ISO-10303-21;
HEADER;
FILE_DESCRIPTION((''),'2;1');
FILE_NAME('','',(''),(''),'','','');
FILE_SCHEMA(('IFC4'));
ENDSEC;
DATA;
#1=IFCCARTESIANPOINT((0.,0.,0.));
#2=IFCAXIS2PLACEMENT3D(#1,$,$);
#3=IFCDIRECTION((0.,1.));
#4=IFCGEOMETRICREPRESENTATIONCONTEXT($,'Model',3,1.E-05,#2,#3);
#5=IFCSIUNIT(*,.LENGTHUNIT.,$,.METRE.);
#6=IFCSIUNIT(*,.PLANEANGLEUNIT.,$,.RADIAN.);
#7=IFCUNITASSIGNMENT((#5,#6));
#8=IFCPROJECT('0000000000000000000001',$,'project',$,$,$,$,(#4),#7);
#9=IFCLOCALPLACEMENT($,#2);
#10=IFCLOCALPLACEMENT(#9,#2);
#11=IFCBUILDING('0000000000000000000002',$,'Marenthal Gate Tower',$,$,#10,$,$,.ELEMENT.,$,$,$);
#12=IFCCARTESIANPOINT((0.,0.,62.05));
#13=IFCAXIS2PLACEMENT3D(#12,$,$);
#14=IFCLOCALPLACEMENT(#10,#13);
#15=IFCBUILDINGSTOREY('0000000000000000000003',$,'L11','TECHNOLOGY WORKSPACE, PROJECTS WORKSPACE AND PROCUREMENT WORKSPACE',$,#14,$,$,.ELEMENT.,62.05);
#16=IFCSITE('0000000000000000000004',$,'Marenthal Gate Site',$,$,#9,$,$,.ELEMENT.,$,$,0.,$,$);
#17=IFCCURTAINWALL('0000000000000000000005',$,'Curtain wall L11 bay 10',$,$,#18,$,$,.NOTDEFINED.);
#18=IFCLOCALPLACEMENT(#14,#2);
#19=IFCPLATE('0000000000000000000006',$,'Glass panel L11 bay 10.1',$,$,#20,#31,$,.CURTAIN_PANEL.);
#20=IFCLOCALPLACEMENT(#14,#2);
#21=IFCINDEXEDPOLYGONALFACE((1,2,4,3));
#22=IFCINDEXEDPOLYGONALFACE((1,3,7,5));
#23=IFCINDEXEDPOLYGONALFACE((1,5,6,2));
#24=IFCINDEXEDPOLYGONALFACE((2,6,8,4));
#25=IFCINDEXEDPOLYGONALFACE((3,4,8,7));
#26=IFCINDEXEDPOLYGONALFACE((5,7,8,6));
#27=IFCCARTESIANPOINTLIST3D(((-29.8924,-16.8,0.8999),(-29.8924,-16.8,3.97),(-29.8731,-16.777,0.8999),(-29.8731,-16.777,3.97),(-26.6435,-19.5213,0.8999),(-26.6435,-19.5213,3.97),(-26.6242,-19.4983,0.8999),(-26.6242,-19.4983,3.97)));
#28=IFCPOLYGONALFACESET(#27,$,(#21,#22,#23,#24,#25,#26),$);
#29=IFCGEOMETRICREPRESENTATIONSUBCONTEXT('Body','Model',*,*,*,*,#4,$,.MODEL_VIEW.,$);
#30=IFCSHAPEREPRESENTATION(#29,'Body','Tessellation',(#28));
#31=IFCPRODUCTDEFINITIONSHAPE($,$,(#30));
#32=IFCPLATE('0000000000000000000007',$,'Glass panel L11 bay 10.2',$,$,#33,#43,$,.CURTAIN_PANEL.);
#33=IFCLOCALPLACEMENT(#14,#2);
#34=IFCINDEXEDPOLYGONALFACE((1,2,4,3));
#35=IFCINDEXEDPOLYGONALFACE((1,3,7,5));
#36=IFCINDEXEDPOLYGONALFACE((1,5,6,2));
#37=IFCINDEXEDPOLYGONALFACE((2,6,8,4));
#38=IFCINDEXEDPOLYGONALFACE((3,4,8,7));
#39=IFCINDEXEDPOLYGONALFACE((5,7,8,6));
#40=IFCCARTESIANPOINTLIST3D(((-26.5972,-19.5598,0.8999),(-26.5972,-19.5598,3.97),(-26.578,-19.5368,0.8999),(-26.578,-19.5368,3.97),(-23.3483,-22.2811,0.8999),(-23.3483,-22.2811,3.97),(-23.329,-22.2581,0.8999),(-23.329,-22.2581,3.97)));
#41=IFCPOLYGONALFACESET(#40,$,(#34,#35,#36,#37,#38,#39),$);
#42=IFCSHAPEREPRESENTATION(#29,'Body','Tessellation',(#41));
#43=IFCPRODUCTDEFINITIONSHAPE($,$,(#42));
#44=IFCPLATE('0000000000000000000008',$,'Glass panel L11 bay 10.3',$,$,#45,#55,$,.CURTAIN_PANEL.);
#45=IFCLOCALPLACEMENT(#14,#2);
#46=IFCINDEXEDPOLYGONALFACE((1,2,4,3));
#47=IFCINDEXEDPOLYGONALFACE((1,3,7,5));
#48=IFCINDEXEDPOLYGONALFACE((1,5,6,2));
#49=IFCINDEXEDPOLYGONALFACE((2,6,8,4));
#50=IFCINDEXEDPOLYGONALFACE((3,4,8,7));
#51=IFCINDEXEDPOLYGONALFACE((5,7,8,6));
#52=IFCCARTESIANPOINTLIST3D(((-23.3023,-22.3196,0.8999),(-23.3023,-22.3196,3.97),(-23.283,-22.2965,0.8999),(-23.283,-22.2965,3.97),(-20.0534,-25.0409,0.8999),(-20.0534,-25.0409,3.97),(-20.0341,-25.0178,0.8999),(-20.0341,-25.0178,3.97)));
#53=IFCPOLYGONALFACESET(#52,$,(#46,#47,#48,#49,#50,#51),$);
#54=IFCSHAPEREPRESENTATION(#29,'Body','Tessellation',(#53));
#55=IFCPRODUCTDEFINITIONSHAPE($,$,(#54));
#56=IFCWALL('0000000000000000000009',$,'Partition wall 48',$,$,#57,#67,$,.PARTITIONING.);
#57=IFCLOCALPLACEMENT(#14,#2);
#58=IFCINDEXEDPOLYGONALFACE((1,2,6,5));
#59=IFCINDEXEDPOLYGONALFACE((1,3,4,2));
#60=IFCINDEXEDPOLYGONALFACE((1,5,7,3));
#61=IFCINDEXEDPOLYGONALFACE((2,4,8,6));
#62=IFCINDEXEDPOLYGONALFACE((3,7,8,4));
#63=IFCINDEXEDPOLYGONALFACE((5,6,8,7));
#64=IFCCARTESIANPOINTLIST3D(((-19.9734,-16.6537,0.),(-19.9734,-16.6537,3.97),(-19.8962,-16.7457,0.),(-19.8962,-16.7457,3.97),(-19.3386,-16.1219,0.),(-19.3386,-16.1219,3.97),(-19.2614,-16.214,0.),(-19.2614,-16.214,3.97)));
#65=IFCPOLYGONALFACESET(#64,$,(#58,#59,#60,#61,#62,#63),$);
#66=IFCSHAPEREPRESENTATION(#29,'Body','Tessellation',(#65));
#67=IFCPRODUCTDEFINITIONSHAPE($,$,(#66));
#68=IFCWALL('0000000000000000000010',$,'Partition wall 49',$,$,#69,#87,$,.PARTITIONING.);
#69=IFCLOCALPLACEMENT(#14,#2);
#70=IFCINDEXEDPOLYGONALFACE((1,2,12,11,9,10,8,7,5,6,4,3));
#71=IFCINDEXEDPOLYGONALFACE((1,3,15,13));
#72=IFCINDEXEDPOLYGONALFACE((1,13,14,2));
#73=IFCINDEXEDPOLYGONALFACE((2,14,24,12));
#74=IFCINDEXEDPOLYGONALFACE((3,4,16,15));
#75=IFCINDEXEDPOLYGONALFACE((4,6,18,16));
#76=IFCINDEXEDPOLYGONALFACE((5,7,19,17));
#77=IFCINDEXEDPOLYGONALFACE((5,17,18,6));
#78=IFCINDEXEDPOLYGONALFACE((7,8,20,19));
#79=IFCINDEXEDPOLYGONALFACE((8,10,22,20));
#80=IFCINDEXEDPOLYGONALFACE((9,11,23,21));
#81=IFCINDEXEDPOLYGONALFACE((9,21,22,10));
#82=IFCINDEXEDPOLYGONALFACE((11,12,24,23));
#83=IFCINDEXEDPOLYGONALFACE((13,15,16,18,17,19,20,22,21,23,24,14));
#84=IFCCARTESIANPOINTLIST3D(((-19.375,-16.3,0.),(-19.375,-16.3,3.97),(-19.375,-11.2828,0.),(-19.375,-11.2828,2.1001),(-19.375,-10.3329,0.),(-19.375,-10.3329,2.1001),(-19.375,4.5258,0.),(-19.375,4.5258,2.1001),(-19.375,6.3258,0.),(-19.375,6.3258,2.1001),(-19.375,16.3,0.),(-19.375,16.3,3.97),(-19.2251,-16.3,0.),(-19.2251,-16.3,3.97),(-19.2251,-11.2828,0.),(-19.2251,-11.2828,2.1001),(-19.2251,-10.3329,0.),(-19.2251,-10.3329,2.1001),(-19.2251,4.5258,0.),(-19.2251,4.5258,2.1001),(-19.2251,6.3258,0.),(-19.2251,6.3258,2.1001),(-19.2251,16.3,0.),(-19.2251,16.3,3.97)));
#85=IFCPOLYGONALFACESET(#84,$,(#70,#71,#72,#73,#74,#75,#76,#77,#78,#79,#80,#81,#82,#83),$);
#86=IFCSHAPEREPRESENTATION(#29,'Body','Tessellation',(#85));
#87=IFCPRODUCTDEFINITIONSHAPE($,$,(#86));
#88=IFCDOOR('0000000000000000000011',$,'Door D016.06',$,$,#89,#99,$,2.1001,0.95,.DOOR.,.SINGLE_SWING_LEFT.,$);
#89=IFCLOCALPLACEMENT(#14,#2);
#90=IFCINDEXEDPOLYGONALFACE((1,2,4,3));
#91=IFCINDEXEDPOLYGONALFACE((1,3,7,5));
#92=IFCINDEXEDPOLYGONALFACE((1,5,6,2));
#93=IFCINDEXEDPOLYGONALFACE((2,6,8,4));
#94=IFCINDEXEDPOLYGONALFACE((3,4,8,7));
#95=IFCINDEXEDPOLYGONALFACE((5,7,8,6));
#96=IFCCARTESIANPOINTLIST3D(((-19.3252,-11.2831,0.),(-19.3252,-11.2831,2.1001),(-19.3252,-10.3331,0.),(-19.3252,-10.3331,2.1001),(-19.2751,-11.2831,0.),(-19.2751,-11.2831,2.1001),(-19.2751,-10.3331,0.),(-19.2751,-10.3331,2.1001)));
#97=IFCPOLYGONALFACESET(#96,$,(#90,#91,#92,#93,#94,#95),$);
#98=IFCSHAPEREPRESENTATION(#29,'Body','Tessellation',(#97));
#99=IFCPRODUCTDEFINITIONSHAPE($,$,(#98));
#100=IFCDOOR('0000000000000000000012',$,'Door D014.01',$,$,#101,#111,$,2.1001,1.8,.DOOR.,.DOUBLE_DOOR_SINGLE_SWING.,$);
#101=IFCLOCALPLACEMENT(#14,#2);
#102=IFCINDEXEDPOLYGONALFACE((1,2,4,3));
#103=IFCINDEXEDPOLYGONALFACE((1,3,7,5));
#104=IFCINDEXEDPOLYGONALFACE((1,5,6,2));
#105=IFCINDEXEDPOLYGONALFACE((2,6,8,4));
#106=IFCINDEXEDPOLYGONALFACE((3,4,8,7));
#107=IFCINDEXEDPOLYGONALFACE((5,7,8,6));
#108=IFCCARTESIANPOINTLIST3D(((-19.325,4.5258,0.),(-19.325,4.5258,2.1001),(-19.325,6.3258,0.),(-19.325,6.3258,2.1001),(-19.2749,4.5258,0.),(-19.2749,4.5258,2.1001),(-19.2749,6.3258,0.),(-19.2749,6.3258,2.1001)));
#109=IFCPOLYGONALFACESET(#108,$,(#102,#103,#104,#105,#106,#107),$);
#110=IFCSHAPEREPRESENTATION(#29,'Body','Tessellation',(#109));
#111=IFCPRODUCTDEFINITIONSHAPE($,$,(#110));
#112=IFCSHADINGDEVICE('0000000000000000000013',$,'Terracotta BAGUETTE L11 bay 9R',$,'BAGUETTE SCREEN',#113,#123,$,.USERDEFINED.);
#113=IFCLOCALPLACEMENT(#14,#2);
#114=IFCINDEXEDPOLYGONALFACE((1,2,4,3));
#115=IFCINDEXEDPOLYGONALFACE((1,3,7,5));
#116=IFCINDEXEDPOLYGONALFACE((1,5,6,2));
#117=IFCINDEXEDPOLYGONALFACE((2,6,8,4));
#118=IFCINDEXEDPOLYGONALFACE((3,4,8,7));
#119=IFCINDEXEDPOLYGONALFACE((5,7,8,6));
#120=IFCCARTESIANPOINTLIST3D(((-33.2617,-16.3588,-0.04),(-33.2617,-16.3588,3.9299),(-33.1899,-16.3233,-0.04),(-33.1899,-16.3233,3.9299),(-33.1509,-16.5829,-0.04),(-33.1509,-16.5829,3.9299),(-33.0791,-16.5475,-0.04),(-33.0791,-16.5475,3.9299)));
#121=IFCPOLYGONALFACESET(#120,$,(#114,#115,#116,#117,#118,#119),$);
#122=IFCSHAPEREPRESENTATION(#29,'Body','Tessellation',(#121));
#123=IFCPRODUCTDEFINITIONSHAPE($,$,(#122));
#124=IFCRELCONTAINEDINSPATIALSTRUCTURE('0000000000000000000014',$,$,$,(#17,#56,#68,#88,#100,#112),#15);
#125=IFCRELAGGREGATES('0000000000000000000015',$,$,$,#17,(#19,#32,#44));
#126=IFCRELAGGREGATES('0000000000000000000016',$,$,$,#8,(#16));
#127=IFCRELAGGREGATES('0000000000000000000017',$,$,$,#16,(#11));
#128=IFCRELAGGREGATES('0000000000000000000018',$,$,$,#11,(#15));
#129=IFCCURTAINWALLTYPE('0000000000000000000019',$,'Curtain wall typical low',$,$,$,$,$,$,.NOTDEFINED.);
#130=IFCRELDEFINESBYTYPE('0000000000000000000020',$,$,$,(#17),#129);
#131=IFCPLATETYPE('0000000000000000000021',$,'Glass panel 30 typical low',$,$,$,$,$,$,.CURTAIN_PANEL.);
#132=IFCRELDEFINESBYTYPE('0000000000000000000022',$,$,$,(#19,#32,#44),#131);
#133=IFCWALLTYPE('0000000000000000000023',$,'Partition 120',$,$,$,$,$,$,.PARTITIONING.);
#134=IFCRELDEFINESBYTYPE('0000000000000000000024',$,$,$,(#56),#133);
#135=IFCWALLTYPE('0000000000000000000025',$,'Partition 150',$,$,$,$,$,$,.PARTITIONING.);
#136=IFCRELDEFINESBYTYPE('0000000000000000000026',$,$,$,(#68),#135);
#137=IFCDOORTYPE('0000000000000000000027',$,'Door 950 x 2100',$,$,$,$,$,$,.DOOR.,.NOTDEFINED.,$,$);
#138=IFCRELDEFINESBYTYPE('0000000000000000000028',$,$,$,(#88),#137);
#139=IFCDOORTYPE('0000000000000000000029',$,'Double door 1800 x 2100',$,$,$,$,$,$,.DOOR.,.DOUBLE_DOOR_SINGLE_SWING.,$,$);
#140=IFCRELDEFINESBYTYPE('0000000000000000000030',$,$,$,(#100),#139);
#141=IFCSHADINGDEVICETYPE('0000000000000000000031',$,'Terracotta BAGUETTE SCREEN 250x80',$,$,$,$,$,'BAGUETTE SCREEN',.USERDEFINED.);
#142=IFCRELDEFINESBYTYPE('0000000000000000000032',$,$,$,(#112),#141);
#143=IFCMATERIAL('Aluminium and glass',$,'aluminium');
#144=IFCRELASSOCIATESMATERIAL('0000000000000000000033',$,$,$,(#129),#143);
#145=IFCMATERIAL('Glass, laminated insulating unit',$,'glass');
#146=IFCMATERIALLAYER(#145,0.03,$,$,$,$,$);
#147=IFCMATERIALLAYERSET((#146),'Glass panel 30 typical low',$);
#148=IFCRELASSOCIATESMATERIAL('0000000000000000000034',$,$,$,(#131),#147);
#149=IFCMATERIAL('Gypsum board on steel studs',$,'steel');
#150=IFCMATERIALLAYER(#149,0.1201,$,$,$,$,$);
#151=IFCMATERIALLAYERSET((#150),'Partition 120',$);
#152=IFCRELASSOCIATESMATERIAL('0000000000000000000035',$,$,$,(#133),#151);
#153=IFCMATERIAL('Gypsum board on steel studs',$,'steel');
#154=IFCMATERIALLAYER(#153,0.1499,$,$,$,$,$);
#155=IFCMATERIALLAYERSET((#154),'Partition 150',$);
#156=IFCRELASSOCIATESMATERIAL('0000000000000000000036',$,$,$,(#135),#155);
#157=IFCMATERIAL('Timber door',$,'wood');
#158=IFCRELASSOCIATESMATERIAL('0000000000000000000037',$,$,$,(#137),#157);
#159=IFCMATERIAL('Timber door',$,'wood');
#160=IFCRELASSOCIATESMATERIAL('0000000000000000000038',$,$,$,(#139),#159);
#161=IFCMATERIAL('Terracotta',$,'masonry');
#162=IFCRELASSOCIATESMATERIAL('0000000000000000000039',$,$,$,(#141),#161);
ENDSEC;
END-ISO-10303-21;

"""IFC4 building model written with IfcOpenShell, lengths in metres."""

from ifc_helpers import new_model, si_unit, direction, frame, frame_2d, origin, origin_2d, place, context, subcontext, project, spatial, rectangle, extrude, material, layer, layer_set, material_profile, profile_set, type_object, element, fill, aggregate, save


model = new_model("IFC4")

# Units and contexts
model_context = context("Model", 3, precision=1e-05, world=origin(), true_north=direction((0.0, 1.0)))
body_context = subcontext(model_context, "Body", "Model", "MODEL_VIEW")
ifc_project = project(units=[si_unit("LENGTHUNIT", "METRE"), si_unit("PLANEANGLEUNIT", "RADIAN")], contexts=[model_context])

# Site, building, storey
site_placement = place(None, origin())
site = spatial("IfcSite", under=ifc_project, at=site_placement, Name="Marenthal Gate Site", CompositionType="ELEMENT", RefElevation=0.0)
building_placement = place(site_placement, origin())
building = spatial("IfcBuilding", under=site, at=building_placement, Name="Marenthal Gate Tower", CompositionType="ELEMENT")
storey_placement = place(building_placement, frame((0.0, 0.0, 62.05)))
storey = spatial("IfcBuildingStorey", under=building, at=storey_placement, Name="L11", Description="TECHNOLOGY WORKSPACE, PROJECTS WORKSPACE AND PROCUREMENT WORKSPACE", CompositionType="ELEMENT", Elevation=62.05)

# Curtain wall
ifc_material_1 = material(Name="Aluminium and glass", Category="aluminium")
curtain_wall_type = type_object("IfcCurtainWallType", Name="Curtain wall typical low", PredefinedType="NOTDEFINED", material=ifc_material_1)
curtain_wall_placement = place(storey_placement, origin())
curtain_wall = element("IfcCurtainWall", 1, at=curtain_wall_placement, inside=storey, type_object=curtain_wall_type, Name="Curtain wall L11 bay 10", PredefinedType="NOTDEFINED")

# Plates
ifc_material_2 = material(Name="Glass, laminated insulating unit", Category="glass")
ifc_layer_1 = layer(ifc_material_2, 0.03)
ifc_layer_set_1 = layer_set([ifc_layer_1], Name="Glass panel 30 typical low")
plate_type = type_object("IfcPlateType", Name="Glass panel 30 typical low", PredefinedType="CURTAIN_PANEL", material=ifc_layer_set_1)
plate_1_placement = place(storey_placement, frame((-28.2583, -18.1492, 0.8999), z_axis=(0.0, 0.0, 1.0), x_axis=(0.766611, -0.642112, 0.0)))
plate_1 = element("IfcPlate", 2, at=plate_1_placement, type_object=plate_type, Name="Glass panel L11 bay 10.1", PredefinedType="CURTAIN_PANEL", context=body_context, shape_type="SweptSolid", body=[
    extrude(rectangle(XDim=4.238, YDim=0.03, at=origin_2d()), origin(), (0.0, 0.0, 1.0), 3.0701),
])
plate_2_placement = place(storey_placement, frame((-24.9631, -20.9089, 0.8999), z_axis=(0.0, 0.0, 1.0), x_axis=(0.766611, -0.642112, 0.0)))
plate_2 = element("IfcPlate", 3, at=plate_2_placement, type_object=plate_type, Name="Glass panel L11 bay 10.2", PredefinedType="CURTAIN_PANEL", context=body_context, shape_type="SweptSolid", body=[
    extrude(rectangle(XDim=4.238, YDim=0.03, at=origin_2d()), origin(), (0.0, 0.0, 1.0), 3.0701),
])
plate_3_placement = place(storey_placement, frame((-21.6682, -23.6687, 0.8999), z_axis=(0.0, 0.0, 1.0), x_axis=(0.766611, -0.642112, 0.0)))
plate_3 = element("IfcPlate", 4, at=plate_3_placement, type_object=plate_type, Name="Glass panel L11 bay 10.3", PredefinedType="CURTAIN_PANEL", context=body_context, shape_type="SweptSolid", body=[
    extrude(rectangle(XDim=4.238, YDim=0.03, at=origin_2d()), origin(), (0.0, 0.0, 1.0), 3.0701),
])
aggregate(curtain_wall, [plate_1, plate_2, plate_3])

# Wall
ifc_material_3 = material(Name="Gypsum board on steel studs", Category="steel")
ifc_layer_2 = layer(ifc_material_3, 0.1201)
ifc_layer_set_2 = layer_set([ifc_layer_2], Name="Partition 120")
wall_type_1 = type_object("IfcWallType", Name="Partition 120", PredefinedType="PARTITIONING", material=ifc_layer_set_2)
wall_1_placement = place(storey_placement, frame((-19.9348, -16.6997, 0.0), z_axis=(0.0, 0.0, 1.0), x_axis=(0.766575, 0.642154, 0.0)))
element("IfcWall", 5, at=wall_1_placement, inside=storey, type_object=wall_type_1, Name="Partition wall 48", PredefinedType="PARTITIONING", context=body_context, shape_type="SweptSolid", body=[
    extrude(rectangle(XDim=0.8281, YDim=0.1201, at=frame_2d((0.4141, 0.0))), origin(), (0.0, 0.0, 1.0), 3.97),
])

# Wall, openings, doors
ifc_material_4 = material(Name="Gypsum board on steel studs", Category="steel")
ifc_layer_3 = layer(ifc_material_4, 0.1499)
ifc_layer_set_3 = layer_set([ifc_layer_3], Name="Partition 150")
wall_type_2 = type_object("IfcWallType", Name="Partition 150", PredefinedType="PARTITIONING", material=ifc_layer_set_3)
wall_2_placement = place(storey_placement, frame((-19.3, -16.3, 0.0), z_axis=(0.0, 0.0, 1.0), x_axis=(0.0, 1.0, 0.0)))
wall_2 = element("IfcWall", 6, at=wall_2_placement, inside=storey, type_object=wall_type_2, Name="Partition wall 49", PredefinedType="PARTITIONING", context=body_context, shape_type="SweptSolid", body=[
    extrude(rectangle(XDim=32.6001, YDim=0.1499, at=frame_2d((16.3, 0.0))), origin(), (0.0, 0.0, 1.0), 3.97),
])
opening_1_placement = place(wall_2_placement, frame((20.8259, 0.0, 0.0)))
opening_1 = element("IfcOpeningElement", 7, at=opening_1_placement, cuts=wall_2, PredefinedType="OPENING", context=body_context, shape_type="SweptSolid", body=[
    extrude(rectangle(XDim=1.8, YDim=2.1001, at=frame_2d((0.8999, 1.05))), frame((0.0, 0.085, 0.0), z_axis=(0.0, -1.0, 0.0), x_axis=(1.0, 0.0, 0.0)), (0.0, 0.0, 1.0), 0.1699),
])
opening_2_placement = place(wall_2_placement, frame((5.0171, 0.0, 0.0)))
opening_2 = element("IfcOpeningElement", 8, at=opening_2_placement, cuts=wall_2, PredefinedType="OPENING", context=body_context, shape_type="SweptSolid", body=[
    extrude(rectangle(XDim=0.95, YDim=2.1001, at=frame_2d((0.4751, 1.05))), frame((0.0, 0.085, 0.0), z_axis=(0.0, -1.0, 0.0), x_axis=(1.0, 0.0, 0.0)), (0.0, 0.0, 1.0), 0.1699),
])
ifc_material_5 = material(Name="Timber door", Category="wood")
door_type_1 = type_object("IfcDoorType", Name="Door 950 x 2100", OperationType="NOTDEFINED", PredefinedType="DOOR", material=ifc_material_5)
door_1_placement = place(opening_2_placement, frame((0.95, 0.0, 0.0), z_axis=(0.0, 0.0, 1.0), x_axis=(-1.0, 0.0, 0.0)))
door_1 = element("IfcDoor", 9, at=door_1_placement, inside=storey, type_object=door_type_1, Name="Door D016.06", OperationType="SINGLE_SWING_LEFT", OverallHeight=2.1001, OverallWidth=0.95, PredefinedType="DOOR", context=body_context, shape_type="SweptSolid", body=[
    extrude(rectangle(XDim=0.95, YDim=2.1001, at=frame_2d((0.4751, 1.05))), frame((0.0, 0.0249, 0.0), z_axis=(0.0, -1.0, 0.0), x_axis=(1.0, 0.0, 0.0)), (0.0, 0.0, 1.0), 0.05),
])
fill(opening_2, door_1)
ifc_material_6 = material(Name="Timber door", Category="wood")
door_type_2 = type_object("IfcDoorType", Name="Double door 1800 x 2100", OperationType="DOUBLE_DOOR_SINGLE_SWING", PredefinedType="DOOR", material=ifc_material_6)
door_2_placement = place(opening_1_placement, origin())
door_2 = element("IfcDoor", 10, at=door_2_placement, inside=storey, type_object=door_type_2, Name="Door D014.01", OperationType="DOUBLE_DOOR_SINGLE_SWING", OverallHeight=2.1001, OverallWidth=1.8, PredefinedType="DOOR", context=body_context, shape_type="SweptSolid", body=[
    extrude(rectangle(XDim=1.8, YDim=2.1001, at=frame_2d((0.8999, 1.05))), frame((0.0, 0.0249, 0.0), z_axis=(0.0, -1.0, 0.0), x_axis=(1.0, 0.0, 0.0)), (0.0, 0.0, 1.0), 0.05),
])
fill(opening_1, door_2)

# Shading device
ifc_material_7 = material(Name="Terracotta", Category="masonry")
ifc_material_profile_1 = material_profile(ifc_material_7, rectangle(XDim=0.25, YDim=0.0801, at=origin_2d()), Name="Terracotta baguette 250x80")
ifc_profile_set_1 = profile_set([ifc_material_profile_1], Name="Terracotta")
shading_device_type = type_object("IfcShadingDeviceType", Name="Terracotta BAGUETTE SCREEN 250x80", ElementType="BAGUETTE SCREEN", PredefinedType="USERDEFINED", material=ifc_profile_set_1)
shading_device_placement = place(storey_placement, frame((-33.1704, -16.4531, -0.04), z_axis=(0.0, 0.0, 1.0), x_axis=(0.442993, -0.896525, 0.0)))
element("IfcShadingDevice", 11, at=shading_device_placement, inside=storey, type_object=shading_device_type, Name="Terracotta BAGUETTE L11 bay 9R", ObjectType="BAGUETTE SCREEN", PredefinedType="USERDEFINED", context=body_context, shape_type="SweptSolid", body=[
    extrude(rectangle(XDim=0.25, YDim=0.0801, at=origin_2d()), origin(), (0.0, 0.0, 1.0), 3.97),
])

save(model, "model.ifc")
